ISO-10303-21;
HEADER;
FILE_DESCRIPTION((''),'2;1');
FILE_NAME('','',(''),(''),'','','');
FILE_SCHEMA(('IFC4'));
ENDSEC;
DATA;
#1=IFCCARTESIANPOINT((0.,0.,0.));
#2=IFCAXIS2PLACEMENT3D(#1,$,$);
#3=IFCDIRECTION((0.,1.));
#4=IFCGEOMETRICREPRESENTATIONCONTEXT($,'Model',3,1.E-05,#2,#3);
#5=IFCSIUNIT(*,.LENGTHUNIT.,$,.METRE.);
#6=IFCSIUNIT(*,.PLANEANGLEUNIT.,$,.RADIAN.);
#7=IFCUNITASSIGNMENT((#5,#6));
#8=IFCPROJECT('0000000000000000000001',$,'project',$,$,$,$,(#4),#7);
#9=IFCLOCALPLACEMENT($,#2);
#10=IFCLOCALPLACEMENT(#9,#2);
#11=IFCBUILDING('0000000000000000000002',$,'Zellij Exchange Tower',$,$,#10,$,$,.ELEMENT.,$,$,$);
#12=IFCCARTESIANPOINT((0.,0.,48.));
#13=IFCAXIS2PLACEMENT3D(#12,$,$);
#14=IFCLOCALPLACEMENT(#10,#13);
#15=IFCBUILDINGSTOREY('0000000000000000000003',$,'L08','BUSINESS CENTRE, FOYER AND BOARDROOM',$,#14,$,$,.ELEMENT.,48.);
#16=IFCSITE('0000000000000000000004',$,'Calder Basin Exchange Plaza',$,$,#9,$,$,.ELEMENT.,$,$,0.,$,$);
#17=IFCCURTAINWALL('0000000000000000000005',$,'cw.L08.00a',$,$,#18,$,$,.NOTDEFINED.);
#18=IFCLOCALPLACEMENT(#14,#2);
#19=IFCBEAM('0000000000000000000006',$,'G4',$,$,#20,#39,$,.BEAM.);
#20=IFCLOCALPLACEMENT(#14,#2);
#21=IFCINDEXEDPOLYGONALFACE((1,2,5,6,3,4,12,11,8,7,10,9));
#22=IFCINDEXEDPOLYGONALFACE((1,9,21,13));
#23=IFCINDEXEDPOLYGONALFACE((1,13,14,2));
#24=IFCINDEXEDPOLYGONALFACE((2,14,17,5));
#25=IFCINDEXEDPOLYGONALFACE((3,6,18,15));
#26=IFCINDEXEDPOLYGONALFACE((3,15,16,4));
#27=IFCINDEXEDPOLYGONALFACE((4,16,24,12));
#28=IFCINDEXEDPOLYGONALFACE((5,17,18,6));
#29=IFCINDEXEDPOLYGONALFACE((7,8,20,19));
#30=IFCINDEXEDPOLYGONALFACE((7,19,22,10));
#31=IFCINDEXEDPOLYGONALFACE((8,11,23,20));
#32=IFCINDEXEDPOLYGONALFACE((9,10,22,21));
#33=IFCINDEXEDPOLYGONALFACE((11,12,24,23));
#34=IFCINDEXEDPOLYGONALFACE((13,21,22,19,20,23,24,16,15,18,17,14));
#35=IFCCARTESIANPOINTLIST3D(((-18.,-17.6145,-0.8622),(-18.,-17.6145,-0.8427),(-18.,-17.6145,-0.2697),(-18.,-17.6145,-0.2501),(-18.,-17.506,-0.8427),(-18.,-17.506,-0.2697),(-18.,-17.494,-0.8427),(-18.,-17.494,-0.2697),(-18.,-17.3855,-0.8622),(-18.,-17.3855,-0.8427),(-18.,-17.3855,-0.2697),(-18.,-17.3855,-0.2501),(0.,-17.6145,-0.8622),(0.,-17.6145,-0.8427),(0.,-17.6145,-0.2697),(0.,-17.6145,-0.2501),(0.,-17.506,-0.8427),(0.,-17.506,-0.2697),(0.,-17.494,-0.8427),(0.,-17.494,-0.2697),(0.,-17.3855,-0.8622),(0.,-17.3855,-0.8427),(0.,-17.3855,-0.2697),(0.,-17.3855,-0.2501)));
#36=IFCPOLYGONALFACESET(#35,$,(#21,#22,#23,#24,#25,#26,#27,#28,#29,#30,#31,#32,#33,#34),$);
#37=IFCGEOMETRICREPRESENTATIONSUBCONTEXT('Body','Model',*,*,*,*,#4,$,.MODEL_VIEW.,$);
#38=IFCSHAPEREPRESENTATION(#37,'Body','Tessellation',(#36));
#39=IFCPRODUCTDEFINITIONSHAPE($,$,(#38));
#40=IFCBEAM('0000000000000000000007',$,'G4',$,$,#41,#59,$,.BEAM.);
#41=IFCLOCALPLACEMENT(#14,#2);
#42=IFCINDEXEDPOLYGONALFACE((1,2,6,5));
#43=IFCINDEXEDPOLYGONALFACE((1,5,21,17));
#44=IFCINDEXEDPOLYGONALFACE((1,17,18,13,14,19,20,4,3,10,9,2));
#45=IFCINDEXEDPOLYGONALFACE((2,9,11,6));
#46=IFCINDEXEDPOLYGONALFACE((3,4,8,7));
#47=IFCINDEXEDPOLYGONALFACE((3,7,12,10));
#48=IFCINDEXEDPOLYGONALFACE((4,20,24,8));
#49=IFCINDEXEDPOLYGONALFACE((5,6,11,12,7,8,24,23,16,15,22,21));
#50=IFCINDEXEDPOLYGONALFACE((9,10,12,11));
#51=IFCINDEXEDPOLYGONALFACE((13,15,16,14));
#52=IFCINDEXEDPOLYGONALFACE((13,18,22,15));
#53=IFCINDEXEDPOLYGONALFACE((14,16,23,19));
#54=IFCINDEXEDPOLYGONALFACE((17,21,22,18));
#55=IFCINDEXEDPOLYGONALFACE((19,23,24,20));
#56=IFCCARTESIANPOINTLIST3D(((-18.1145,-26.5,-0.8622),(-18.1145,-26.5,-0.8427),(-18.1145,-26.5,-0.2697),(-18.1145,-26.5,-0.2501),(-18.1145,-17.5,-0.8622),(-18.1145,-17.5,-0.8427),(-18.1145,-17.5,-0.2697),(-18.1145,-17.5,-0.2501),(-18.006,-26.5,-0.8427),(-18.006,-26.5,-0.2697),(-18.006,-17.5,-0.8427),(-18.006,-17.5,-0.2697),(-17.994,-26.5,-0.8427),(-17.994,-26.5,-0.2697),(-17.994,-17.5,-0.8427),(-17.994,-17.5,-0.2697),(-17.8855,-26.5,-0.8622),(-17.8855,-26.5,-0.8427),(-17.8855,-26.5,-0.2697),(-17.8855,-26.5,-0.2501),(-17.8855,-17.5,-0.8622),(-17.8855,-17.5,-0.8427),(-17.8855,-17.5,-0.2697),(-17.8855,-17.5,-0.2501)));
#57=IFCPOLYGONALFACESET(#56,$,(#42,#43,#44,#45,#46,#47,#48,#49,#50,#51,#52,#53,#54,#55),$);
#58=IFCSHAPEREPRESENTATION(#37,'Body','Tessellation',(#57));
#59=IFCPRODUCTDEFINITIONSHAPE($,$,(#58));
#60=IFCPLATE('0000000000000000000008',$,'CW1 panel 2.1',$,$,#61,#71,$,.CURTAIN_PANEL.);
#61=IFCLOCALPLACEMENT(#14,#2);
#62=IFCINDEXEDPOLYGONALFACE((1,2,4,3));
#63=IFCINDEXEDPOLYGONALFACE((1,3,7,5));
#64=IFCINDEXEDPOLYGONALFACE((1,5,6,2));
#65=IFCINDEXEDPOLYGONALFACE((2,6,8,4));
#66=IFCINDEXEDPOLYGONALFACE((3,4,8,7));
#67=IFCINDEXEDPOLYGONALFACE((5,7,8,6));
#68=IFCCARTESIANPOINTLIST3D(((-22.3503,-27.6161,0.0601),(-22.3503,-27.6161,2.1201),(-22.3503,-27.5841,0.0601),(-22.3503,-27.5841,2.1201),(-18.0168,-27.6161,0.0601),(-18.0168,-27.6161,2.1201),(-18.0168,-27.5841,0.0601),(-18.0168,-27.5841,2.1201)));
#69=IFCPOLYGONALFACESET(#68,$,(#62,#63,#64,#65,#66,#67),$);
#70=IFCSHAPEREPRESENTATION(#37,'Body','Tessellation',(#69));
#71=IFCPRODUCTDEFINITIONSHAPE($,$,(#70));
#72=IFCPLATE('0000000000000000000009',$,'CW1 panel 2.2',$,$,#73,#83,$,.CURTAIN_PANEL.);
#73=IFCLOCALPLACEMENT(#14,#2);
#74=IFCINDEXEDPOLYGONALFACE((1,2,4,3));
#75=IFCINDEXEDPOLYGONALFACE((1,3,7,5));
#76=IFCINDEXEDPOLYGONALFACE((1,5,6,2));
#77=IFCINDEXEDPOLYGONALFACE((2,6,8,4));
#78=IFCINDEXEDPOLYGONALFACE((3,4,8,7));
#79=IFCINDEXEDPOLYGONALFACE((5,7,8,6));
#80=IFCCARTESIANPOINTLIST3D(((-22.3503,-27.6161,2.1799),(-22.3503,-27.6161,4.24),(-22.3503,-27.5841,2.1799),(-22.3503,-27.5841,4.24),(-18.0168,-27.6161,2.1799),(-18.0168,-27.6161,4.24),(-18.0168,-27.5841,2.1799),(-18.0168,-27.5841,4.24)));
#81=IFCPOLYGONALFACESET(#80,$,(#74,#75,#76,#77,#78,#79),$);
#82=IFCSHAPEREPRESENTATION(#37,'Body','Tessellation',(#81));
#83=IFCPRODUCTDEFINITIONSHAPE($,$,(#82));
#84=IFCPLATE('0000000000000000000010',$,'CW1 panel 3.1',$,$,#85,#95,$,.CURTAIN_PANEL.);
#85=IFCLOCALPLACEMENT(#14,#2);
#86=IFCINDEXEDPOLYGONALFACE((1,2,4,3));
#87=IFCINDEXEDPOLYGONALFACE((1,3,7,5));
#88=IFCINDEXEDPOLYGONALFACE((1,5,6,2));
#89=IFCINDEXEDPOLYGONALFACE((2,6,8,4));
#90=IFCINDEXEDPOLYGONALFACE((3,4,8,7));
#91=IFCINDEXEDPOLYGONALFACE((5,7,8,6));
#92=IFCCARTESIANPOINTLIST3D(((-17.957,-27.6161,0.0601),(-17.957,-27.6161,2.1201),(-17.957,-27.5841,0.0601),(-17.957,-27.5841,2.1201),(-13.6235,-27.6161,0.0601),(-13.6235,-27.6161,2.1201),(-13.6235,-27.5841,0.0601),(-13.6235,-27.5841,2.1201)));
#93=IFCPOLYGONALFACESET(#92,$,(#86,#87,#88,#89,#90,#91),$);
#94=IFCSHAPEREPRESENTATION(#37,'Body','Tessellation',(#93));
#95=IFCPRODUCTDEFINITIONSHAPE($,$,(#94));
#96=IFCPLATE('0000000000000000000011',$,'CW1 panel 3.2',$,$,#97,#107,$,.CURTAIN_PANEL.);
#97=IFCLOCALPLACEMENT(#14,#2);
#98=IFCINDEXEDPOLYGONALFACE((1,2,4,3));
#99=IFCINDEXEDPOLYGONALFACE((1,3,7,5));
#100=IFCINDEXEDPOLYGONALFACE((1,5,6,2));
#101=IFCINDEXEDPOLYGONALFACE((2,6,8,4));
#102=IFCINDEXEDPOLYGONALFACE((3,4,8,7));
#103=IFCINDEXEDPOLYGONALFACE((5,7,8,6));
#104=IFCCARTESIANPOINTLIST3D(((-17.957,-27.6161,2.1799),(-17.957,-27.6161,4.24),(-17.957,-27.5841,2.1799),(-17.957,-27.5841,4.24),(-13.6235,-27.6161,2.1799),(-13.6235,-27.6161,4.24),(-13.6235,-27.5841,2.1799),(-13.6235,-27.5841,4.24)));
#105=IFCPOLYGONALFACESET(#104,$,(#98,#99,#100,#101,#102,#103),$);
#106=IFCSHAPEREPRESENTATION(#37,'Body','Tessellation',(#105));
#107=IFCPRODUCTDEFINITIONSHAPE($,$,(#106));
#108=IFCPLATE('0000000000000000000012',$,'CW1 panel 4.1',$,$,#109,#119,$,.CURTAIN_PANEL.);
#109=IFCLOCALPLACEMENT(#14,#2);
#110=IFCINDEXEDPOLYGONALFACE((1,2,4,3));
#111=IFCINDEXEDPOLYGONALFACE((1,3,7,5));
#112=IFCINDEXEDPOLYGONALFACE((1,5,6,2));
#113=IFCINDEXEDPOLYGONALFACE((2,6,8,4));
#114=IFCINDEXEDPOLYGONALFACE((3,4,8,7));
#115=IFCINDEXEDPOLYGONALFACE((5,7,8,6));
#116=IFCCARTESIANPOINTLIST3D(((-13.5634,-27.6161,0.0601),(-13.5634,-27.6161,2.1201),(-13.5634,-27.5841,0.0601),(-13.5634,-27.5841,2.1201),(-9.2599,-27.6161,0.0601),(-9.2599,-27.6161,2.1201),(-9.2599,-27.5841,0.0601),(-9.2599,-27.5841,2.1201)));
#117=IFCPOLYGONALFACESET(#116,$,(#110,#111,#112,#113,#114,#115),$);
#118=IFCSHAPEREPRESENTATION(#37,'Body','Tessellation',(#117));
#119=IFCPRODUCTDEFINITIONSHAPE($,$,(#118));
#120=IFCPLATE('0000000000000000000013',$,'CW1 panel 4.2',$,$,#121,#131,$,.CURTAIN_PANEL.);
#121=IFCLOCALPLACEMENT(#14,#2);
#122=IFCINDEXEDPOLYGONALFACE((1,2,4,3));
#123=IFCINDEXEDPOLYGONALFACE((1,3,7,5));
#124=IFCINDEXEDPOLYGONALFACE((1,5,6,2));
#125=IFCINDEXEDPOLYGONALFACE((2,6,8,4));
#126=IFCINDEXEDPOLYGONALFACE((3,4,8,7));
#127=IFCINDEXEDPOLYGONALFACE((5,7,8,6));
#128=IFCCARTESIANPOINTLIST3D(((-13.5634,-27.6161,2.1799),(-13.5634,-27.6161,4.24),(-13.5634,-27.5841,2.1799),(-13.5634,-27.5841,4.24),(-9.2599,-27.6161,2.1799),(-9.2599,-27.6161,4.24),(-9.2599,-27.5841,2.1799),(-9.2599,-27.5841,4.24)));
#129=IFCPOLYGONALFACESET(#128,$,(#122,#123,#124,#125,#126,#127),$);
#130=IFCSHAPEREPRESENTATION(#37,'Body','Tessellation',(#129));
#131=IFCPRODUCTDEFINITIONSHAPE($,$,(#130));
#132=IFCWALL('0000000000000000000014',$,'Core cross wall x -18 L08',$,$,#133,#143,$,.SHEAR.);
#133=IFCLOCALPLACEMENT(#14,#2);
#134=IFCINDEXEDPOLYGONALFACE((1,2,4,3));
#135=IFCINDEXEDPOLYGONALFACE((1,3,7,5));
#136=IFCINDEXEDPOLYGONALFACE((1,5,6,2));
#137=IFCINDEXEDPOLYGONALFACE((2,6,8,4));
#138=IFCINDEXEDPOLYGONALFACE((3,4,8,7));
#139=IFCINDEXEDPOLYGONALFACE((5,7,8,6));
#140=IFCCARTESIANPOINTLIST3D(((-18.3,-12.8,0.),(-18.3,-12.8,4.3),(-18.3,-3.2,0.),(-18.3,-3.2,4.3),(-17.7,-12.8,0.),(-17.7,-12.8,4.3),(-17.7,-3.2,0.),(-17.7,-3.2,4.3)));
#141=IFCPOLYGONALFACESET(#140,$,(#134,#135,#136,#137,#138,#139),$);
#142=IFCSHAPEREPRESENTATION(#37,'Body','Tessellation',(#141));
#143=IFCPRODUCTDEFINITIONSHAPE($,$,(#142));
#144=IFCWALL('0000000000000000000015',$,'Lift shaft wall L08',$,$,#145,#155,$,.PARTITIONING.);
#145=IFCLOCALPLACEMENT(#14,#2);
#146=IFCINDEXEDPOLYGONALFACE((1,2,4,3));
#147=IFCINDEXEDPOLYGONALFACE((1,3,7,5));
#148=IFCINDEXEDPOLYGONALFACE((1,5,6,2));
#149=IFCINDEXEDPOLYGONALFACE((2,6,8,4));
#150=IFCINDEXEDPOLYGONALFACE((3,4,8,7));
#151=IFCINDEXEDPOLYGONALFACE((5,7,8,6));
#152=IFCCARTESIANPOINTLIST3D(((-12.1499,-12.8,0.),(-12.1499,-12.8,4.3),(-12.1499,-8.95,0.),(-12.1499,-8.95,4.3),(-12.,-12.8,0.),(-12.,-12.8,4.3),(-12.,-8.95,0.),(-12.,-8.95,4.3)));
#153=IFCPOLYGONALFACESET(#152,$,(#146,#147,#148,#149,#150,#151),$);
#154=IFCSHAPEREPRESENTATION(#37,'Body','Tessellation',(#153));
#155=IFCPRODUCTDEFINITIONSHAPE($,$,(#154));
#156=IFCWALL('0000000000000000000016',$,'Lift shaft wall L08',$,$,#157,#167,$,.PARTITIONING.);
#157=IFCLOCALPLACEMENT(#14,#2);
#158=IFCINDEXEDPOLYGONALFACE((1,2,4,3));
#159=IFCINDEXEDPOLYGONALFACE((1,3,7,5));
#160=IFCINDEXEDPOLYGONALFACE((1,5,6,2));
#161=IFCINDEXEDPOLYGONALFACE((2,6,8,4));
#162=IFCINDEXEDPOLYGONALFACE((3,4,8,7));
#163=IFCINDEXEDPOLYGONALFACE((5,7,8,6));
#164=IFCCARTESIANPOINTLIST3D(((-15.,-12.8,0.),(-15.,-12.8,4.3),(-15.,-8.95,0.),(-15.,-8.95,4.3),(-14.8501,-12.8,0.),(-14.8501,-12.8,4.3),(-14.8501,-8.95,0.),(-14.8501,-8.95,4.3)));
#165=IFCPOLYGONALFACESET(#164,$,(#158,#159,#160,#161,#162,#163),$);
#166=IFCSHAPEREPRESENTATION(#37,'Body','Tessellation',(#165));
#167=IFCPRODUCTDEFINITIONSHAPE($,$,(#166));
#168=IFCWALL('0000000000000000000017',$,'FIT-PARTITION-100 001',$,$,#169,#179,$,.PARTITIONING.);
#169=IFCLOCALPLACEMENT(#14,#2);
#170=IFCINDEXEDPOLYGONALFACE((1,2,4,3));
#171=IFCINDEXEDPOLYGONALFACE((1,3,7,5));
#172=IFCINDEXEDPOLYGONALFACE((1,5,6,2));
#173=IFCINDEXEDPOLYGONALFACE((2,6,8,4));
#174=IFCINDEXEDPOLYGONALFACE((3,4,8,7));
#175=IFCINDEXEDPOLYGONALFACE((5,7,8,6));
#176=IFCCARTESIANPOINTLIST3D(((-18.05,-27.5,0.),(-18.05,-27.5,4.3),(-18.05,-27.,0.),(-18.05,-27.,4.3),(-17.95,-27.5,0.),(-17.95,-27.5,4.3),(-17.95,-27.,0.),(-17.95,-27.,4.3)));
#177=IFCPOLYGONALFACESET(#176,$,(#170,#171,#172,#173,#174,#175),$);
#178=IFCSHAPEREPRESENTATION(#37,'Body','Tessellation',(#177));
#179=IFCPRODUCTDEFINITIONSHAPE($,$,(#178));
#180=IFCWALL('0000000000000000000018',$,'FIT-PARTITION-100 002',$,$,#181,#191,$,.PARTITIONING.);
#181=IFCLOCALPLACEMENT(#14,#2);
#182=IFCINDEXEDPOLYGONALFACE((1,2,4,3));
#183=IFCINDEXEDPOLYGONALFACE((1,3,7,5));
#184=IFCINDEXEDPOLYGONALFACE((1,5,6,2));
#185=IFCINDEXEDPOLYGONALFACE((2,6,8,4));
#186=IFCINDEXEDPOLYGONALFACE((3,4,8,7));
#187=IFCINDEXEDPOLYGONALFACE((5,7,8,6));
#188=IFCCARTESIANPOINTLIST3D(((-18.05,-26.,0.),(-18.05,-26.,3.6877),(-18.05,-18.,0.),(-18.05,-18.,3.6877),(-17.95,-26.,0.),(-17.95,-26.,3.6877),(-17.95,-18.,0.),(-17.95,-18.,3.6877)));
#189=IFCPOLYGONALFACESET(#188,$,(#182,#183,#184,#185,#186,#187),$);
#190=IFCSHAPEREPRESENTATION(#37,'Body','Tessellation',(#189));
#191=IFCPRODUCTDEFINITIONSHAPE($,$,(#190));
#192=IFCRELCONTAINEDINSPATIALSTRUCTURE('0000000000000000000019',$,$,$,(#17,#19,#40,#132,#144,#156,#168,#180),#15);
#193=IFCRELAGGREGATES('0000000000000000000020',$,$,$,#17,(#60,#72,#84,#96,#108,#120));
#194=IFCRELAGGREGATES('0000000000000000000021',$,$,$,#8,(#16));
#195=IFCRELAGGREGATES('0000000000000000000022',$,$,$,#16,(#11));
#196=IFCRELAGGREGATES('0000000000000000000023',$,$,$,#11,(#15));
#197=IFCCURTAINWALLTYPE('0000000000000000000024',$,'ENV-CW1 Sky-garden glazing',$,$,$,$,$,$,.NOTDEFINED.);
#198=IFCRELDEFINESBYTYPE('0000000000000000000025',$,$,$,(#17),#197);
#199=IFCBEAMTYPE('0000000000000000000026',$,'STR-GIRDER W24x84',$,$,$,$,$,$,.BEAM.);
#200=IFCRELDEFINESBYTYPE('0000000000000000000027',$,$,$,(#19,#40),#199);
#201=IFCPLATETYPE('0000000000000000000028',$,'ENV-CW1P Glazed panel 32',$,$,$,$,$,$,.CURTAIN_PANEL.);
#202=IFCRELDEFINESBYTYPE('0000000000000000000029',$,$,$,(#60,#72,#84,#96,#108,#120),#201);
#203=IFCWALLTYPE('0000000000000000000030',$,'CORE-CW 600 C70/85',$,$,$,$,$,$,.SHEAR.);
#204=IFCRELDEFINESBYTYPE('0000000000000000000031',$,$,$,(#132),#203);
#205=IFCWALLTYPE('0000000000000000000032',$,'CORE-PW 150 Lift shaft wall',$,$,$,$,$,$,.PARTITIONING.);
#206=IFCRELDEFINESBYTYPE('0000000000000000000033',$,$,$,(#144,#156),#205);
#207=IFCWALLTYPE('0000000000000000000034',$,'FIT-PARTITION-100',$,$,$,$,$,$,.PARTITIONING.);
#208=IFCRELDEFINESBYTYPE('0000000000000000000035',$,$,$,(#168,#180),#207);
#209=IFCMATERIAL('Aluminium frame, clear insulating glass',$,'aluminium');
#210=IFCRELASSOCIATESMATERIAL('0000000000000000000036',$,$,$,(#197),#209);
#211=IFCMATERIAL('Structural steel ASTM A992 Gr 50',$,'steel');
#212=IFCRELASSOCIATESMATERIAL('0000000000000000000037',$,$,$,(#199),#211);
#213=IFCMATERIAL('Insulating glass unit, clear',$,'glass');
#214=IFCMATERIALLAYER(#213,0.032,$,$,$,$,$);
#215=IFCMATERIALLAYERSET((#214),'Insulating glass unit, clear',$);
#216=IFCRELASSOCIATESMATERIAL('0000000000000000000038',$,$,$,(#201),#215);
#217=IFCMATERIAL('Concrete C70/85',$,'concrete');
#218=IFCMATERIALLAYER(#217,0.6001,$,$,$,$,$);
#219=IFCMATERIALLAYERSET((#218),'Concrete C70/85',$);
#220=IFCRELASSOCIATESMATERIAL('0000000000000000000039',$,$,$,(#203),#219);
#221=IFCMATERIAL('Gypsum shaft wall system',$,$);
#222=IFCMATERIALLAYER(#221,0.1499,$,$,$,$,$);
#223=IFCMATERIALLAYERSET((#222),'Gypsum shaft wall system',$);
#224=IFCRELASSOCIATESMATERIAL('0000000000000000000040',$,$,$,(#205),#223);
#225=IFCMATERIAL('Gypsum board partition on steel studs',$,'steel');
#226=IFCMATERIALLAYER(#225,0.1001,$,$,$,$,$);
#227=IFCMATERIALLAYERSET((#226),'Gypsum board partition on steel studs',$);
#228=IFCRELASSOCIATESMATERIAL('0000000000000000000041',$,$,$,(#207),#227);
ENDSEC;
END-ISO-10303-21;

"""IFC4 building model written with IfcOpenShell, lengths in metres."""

from ifc_helpers import new_model, si_unit, direction, frame, frame_2d, origin, origin_2d, place, context, subcontext, project, spatial, rectangle, i_section, extrude, material, layer, layer_set, material_profile, profile_set, type_object, element, aggregate, save


model = new_model("IFC4")

# Units and contexts
model_context = context("Model", 3, precision=1e-05, world=origin(), true_north=direction((0.0, 1.0)))
body_context = subcontext(model_context, "Body", "Model", "MODEL_VIEW")
ifc_project = project(units=[si_unit("LENGTHUNIT", "METRE"), si_unit("PLANEANGLEUNIT", "RADIAN")], contexts=[model_context])

# Site, building, storey
site_placement = place(None, origin())
site = spatial("IfcSite", under=ifc_project, at=site_placement, Name="Calder Basin Exchange Plaza", CompositionType="ELEMENT", RefElevation=0.0)
building_placement = place(site_placement, origin())
building = spatial("IfcBuilding", under=site, at=building_placement, Name="Zellij Exchange Tower", CompositionType="ELEMENT")
storey_placement = place(building_placement, frame((0.0, 0.0, 48.0)))
storey = spatial("IfcBuildingStorey", under=building, at=storey_placement, Name="L08", Description="BUSINESS CENTRE, FOYER AND BOARDROOM", CompositionType="ELEMENT", Elevation=48.0)

# Shared definitions
ifc_material_1 = material(Name="Concrete C70/85", Category="concrete")

# Curtain wall
ifc_material_2 = material(Name="Aluminium frame, clear insulating glass", Category="aluminium")
curtain_wall_type = type_object("IfcCurtainWallType", Name="ENV-CW1 Sky-garden glazing", PredefinedType="NOTDEFINED", material=ifc_material_2)
curtain_wall_placement = place(storey_placement, origin())
curtain_wall = element("IfcCurtainWall", 1, at=curtain_wall_placement, inside=storey, type_object=curtain_wall_type, Name="cw.L08.00a", PredefinedType="NOTDEFINED")

# Beams
ifc_material_3 = material(Name="Structural steel ASTM A992 Gr 50", Category="steel")
ifc_material_profile_1 = material_profile(ifc_material_3, i_section(OverallWidth=0.229, OverallDepth=0.6121, WebThickness=0.012, FlangeThickness=0.0195, at=origin_2d()), Name="W24x84")
ifc_profile_set_1 = profile_set([ifc_material_profile_1], Name="Structural steel ASTM A992 Gr 50")
beam_type_1 = type_object("IfcBeamType", Name="STR-GIRDER W24x84", PredefinedType="BEAM", material=ifc_profile_set_1)
beam_1_placement = place(storey_placement, frame((-18.0, -17.5, -0.5562), z_axis=(1.0, 0.0, 0.0), x_axis=(0.0, 1.0, 0.0)))
element("IfcBeam", 2, at=beam_1_placement, inside=storey, type_object=beam_type_1, Name="G4", PredefinedType="BEAM", context=body_context, shape_type="SweptSolid", body=[
    extrude(i_section(OverallWidth=0.229, OverallDepth=0.6121, WebThickness=0.012, FlangeThickness=0.0195, at=origin_2d()), origin(), (0.0, 0.0, 1.0), 18.0),
])
beam_2_placement = place(storey_placement, frame((-18.0, -26.5, -0.5562), z_axis=(0.0, 1.0, 0.0), x_axis=(-1.0, 0.0, 0.0)))
element("IfcBeam", 3, at=beam_2_placement, inside=storey, type_object=beam_type_1, Name="G4", PredefinedType="BEAM", context=body_context, shape_type="SweptSolid", body=[
    extrude(i_section(OverallWidth=0.229, OverallDepth=0.6121, WebThickness=0.012, FlangeThickness=0.0195, at=origin_2d()), origin(), (0.0, 0.0, 1.0), 9.0),
])

# Plates
ifc_material_4 = material(Name="Insulating glass unit, clear", Category="glass")
ifc_layer_1 = layer(ifc_material_4, 0.032)
ifc_layer_set_1 = layer_set([ifc_layer_1], Name="Insulating glass unit, clear")
plate_type = type_object("IfcPlateType", Name="ENV-CW1P Glazed panel 32", PredefinedType="CURTAIN_PANEL", material=ifc_layer_set_1)
plate_1_placement = place(storey_placement, frame((-20.1836, -27.6001, 0.0601), z_axis=(0.0, 0.0, 1.0), x_axis=(1.0, 0.0, 0.0)))
plate_1 = element("IfcPlate", 4, at=plate_1_placement, type_object=plate_type, Name="CW1 panel 2.1", PredefinedType="CURTAIN_PANEL", context=body_context, shape_type="SweptSolid", body=[
    extrude(rectangle(XDim=4.3335, YDim=0.032, at=origin_2d()), origin(), (0.0, 0.0, 1.0), 2.0601),
])
plate_2_placement = place(storey_placement, frame((-20.1836, -27.6001, 2.1799), z_axis=(0.0, 0.0, 1.0), x_axis=(1.0, 0.0, 0.0)))
plate_2 = element("IfcPlate", 5, at=plate_2_placement, type_object=plate_type, Name="CW1 panel 2.2", PredefinedType="CURTAIN_PANEL", context=body_context, shape_type="SweptSolid", body=[
    extrude(rectangle(XDim=4.3335, YDim=0.032, at=origin_2d()), origin(), (0.0, 0.0, 1.0), 2.0601),
])
plate_3_placement = place(storey_placement, frame((-15.7903, -27.6001, 0.0601), z_axis=(0.0, 0.0, 1.0), x_axis=(1.0, 0.0, 0.0)))
plate_3 = element("IfcPlate", 6, at=plate_3_placement, type_object=plate_type, Name="CW1 panel 3.1", PredefinedType="CURTAIN_PANEL", context=body_context, shape_type="SweptSolid", body=[
    extrude(rectangle(XDim=4.3335, YDim=0.032, at=origin_2d()), origin(), (0.0, 0.0, 1.0), 2.0601),
])
plate_4_placement = place(storey_placement, frame((-15.7903, -27.6001, 2.1799), z_axis=(0.0, 0.0, 1.0), x_axis=(1.0, 0.0, 0.0)))
plate_4 = element("IfcPlate", 7, at=plate_4_placement, type_object=plate_type, Name="CW1 panel 3.2", PredefinedType="CURTAIN_PANEL", context=body_context, shape_type="SweptSolid", body=[
    extrude(rectangle(XDim=4.3335, YDim=0.032, at=origin_2d()), origin(), (0.0, 0.0, 1.0), 2.0601),
])
plate_5_placement = place(storey_placement, frame((-11.4116, -27.6001, 0.0601), z_axis=(0.0, 0.0, 1.0), x_axis=(1.0, 0.0, 0.0)))
plate_5 = element("IfcPlate", 8, at=plate_5_placement, type_object=plate_type, Name="CW1 panel 4.1", PredefinedType="CURTAIN_PANEL", context=body_context, shape_type="SweptSolid", body=[
    extrude(rectangle(XDim=4.3035, YDim=0.032, at=origin_2d()), origin(), (0.0, 0.0, 1.0), 2.0601),
])
plate_6_placement = place(storey_placement, frame((-11.4116, -27.6001, 2.1799), z_axis=(0.0, 0.0, 1.0), x_axis=(1.0, 0.0, 0.0)))
plate_6 = element("IfcPlate", 9, at=plate_6_placement, type_object=plate_type, Name="CW1 panel 4.2", PredefinedType="CURTAIN_PANEL", context=body_context, shape_type="SweptSolid", body=[
    extrude(rectangle(XDim=4.3035, YDim=0.032, at=origin_2d()), origin(), (0.0, 0.0, 1.0), 2.0601),
])
aggregate(curtain_wall, [plate_1, plate_2, plate_3, plate_4, plate_5, plate_6])

# Walls
ifc_layer_2 = layer(ifc_material_1, 0.6001)
ifc_layer_set_2 = layer_set([ifc_layer_2], Name="Concrete C70/85")
wall_type_1 = type_object("IfcWallType", Name="CORE-CW 600 C70/85", PredefinedType="SHEAR", material=ifc_layer_set_2)
wall_1_placement = place(storey_placement, frame((-18.0, -12.8, 0.0), z_axis=(0.0, 0.0, 1.0), x_axis=(0.0, 1.0, 0.0)))
element("IfcWall", 10, at=wall_1_placement, inside=storey, type_object=wall_type_1, Name="Core cross wall x -18 L08", PredefinedType="SHEAR", context=body_context, shape_type="SweptSolid", body=[
    extrude(rectangle(XDim=9.6001, YDim=0.6001, at=frame_2d((4.8, 0.0))), origin(), (0.0, 0.0, 1.0), 4.3),
])
ifc_material_5 = material(Name="Gypsum shaft wall system")
ifc_layer_3 = layer(ifc_material_5, 0.1499)
ifc_layer_set_3 = layer_set([ifc_layer_3], Name="Gypsum shaft wall system")
wall_type_2 = type_object("IfcWallType", Name="CORE-PW 150 Lift shaft wall", PredefinedType="PARTITIONING", material=ifc_layer_set_3)
for number, where, z_axis, x_axis, name in (
    (11, (-12.075, -12.8, 0.0), (0.0, 0.0, 1.0), (0.0, 1.0, 0.0), "Lift shaft wall L08"),
    (12, (-14.925, -12.8, 0.0), (0.0, 0.0, 1.0), (0.0, 1.0, 0.0), "Lift shaft wall L08"),
):
    element("IfcWall", number, at=place(storey_placement, frame(where, z_axis=z_axis, x_axis=x_axis)), inside=storey, type_object=wall_type_2, Name=name, PredefinedType="PARTITIONING", context=body_context, shape_type="SweptSolid", body=[
        extrude(rectangle(XDim=3.8501, YDim=0.1499, at=frame_2d((1.925, 0.0))), origin(), (0.0, 0.0, 1.0), 4.3),
    ])
ifc_material_6 = material(Name="Gypsum board partition on steel studs", Category="steel")
ifc_layer_4 = layer(ifc_material_6, 0.1001)
ifc_layer_set_4 = layer_set([ifc_layer_4], Name="Gypsum board partition on steel studs")
wall_type_3 = type_object("IfcWallType", Name="FIT-PARTITION-100", PredefinedType="PARTITIONING", material=ifc_layer_set_4)
wall_2_placement = place(storey_placement, frame((-18.0, -27.5, 0.0), z_axis=(0.0, 0.0, 1.0), x_axis=(0.0, 1.0, 0.0)))
element("IfcWall", 13, at=wall_2_placement, inside=storey, type_object=wall_type_3, Name="FIT-PARTITION-100 001", PredefinedType="PARTITIONING", context=body_context, shape_type="SweptSolid", body=[
    extrude(rectangle(XDim=0.5, YDim=0.1001, at=frame_2d((0.25, 0.0))), origin(), (0.0, 0.0, 1.0), 4.3),
])
wall_3_placement = place(storey_placement, frame((-18.0, -26.0, 0.0), z_axis=(0.0, 0.0, 1.0), x_axis=(0.0, 1.0, 0.0)))
element("IfcWall", 14, at=wall_3_placement, inside=storey, type_object=wall_type_3, Name="FIT-PARTITION-100 002", PredefinedType="PARTITIONING", context=body_context, shape_type="SweptSolid", body=[
    extrude(rectangle(XDim=8.0, YDim=0.1001, at=frame_2d((4.0, 0.0))), origin(), (0.0, 0.0, 1.0), 3.6877),
])

save(model, "model.ifc")
